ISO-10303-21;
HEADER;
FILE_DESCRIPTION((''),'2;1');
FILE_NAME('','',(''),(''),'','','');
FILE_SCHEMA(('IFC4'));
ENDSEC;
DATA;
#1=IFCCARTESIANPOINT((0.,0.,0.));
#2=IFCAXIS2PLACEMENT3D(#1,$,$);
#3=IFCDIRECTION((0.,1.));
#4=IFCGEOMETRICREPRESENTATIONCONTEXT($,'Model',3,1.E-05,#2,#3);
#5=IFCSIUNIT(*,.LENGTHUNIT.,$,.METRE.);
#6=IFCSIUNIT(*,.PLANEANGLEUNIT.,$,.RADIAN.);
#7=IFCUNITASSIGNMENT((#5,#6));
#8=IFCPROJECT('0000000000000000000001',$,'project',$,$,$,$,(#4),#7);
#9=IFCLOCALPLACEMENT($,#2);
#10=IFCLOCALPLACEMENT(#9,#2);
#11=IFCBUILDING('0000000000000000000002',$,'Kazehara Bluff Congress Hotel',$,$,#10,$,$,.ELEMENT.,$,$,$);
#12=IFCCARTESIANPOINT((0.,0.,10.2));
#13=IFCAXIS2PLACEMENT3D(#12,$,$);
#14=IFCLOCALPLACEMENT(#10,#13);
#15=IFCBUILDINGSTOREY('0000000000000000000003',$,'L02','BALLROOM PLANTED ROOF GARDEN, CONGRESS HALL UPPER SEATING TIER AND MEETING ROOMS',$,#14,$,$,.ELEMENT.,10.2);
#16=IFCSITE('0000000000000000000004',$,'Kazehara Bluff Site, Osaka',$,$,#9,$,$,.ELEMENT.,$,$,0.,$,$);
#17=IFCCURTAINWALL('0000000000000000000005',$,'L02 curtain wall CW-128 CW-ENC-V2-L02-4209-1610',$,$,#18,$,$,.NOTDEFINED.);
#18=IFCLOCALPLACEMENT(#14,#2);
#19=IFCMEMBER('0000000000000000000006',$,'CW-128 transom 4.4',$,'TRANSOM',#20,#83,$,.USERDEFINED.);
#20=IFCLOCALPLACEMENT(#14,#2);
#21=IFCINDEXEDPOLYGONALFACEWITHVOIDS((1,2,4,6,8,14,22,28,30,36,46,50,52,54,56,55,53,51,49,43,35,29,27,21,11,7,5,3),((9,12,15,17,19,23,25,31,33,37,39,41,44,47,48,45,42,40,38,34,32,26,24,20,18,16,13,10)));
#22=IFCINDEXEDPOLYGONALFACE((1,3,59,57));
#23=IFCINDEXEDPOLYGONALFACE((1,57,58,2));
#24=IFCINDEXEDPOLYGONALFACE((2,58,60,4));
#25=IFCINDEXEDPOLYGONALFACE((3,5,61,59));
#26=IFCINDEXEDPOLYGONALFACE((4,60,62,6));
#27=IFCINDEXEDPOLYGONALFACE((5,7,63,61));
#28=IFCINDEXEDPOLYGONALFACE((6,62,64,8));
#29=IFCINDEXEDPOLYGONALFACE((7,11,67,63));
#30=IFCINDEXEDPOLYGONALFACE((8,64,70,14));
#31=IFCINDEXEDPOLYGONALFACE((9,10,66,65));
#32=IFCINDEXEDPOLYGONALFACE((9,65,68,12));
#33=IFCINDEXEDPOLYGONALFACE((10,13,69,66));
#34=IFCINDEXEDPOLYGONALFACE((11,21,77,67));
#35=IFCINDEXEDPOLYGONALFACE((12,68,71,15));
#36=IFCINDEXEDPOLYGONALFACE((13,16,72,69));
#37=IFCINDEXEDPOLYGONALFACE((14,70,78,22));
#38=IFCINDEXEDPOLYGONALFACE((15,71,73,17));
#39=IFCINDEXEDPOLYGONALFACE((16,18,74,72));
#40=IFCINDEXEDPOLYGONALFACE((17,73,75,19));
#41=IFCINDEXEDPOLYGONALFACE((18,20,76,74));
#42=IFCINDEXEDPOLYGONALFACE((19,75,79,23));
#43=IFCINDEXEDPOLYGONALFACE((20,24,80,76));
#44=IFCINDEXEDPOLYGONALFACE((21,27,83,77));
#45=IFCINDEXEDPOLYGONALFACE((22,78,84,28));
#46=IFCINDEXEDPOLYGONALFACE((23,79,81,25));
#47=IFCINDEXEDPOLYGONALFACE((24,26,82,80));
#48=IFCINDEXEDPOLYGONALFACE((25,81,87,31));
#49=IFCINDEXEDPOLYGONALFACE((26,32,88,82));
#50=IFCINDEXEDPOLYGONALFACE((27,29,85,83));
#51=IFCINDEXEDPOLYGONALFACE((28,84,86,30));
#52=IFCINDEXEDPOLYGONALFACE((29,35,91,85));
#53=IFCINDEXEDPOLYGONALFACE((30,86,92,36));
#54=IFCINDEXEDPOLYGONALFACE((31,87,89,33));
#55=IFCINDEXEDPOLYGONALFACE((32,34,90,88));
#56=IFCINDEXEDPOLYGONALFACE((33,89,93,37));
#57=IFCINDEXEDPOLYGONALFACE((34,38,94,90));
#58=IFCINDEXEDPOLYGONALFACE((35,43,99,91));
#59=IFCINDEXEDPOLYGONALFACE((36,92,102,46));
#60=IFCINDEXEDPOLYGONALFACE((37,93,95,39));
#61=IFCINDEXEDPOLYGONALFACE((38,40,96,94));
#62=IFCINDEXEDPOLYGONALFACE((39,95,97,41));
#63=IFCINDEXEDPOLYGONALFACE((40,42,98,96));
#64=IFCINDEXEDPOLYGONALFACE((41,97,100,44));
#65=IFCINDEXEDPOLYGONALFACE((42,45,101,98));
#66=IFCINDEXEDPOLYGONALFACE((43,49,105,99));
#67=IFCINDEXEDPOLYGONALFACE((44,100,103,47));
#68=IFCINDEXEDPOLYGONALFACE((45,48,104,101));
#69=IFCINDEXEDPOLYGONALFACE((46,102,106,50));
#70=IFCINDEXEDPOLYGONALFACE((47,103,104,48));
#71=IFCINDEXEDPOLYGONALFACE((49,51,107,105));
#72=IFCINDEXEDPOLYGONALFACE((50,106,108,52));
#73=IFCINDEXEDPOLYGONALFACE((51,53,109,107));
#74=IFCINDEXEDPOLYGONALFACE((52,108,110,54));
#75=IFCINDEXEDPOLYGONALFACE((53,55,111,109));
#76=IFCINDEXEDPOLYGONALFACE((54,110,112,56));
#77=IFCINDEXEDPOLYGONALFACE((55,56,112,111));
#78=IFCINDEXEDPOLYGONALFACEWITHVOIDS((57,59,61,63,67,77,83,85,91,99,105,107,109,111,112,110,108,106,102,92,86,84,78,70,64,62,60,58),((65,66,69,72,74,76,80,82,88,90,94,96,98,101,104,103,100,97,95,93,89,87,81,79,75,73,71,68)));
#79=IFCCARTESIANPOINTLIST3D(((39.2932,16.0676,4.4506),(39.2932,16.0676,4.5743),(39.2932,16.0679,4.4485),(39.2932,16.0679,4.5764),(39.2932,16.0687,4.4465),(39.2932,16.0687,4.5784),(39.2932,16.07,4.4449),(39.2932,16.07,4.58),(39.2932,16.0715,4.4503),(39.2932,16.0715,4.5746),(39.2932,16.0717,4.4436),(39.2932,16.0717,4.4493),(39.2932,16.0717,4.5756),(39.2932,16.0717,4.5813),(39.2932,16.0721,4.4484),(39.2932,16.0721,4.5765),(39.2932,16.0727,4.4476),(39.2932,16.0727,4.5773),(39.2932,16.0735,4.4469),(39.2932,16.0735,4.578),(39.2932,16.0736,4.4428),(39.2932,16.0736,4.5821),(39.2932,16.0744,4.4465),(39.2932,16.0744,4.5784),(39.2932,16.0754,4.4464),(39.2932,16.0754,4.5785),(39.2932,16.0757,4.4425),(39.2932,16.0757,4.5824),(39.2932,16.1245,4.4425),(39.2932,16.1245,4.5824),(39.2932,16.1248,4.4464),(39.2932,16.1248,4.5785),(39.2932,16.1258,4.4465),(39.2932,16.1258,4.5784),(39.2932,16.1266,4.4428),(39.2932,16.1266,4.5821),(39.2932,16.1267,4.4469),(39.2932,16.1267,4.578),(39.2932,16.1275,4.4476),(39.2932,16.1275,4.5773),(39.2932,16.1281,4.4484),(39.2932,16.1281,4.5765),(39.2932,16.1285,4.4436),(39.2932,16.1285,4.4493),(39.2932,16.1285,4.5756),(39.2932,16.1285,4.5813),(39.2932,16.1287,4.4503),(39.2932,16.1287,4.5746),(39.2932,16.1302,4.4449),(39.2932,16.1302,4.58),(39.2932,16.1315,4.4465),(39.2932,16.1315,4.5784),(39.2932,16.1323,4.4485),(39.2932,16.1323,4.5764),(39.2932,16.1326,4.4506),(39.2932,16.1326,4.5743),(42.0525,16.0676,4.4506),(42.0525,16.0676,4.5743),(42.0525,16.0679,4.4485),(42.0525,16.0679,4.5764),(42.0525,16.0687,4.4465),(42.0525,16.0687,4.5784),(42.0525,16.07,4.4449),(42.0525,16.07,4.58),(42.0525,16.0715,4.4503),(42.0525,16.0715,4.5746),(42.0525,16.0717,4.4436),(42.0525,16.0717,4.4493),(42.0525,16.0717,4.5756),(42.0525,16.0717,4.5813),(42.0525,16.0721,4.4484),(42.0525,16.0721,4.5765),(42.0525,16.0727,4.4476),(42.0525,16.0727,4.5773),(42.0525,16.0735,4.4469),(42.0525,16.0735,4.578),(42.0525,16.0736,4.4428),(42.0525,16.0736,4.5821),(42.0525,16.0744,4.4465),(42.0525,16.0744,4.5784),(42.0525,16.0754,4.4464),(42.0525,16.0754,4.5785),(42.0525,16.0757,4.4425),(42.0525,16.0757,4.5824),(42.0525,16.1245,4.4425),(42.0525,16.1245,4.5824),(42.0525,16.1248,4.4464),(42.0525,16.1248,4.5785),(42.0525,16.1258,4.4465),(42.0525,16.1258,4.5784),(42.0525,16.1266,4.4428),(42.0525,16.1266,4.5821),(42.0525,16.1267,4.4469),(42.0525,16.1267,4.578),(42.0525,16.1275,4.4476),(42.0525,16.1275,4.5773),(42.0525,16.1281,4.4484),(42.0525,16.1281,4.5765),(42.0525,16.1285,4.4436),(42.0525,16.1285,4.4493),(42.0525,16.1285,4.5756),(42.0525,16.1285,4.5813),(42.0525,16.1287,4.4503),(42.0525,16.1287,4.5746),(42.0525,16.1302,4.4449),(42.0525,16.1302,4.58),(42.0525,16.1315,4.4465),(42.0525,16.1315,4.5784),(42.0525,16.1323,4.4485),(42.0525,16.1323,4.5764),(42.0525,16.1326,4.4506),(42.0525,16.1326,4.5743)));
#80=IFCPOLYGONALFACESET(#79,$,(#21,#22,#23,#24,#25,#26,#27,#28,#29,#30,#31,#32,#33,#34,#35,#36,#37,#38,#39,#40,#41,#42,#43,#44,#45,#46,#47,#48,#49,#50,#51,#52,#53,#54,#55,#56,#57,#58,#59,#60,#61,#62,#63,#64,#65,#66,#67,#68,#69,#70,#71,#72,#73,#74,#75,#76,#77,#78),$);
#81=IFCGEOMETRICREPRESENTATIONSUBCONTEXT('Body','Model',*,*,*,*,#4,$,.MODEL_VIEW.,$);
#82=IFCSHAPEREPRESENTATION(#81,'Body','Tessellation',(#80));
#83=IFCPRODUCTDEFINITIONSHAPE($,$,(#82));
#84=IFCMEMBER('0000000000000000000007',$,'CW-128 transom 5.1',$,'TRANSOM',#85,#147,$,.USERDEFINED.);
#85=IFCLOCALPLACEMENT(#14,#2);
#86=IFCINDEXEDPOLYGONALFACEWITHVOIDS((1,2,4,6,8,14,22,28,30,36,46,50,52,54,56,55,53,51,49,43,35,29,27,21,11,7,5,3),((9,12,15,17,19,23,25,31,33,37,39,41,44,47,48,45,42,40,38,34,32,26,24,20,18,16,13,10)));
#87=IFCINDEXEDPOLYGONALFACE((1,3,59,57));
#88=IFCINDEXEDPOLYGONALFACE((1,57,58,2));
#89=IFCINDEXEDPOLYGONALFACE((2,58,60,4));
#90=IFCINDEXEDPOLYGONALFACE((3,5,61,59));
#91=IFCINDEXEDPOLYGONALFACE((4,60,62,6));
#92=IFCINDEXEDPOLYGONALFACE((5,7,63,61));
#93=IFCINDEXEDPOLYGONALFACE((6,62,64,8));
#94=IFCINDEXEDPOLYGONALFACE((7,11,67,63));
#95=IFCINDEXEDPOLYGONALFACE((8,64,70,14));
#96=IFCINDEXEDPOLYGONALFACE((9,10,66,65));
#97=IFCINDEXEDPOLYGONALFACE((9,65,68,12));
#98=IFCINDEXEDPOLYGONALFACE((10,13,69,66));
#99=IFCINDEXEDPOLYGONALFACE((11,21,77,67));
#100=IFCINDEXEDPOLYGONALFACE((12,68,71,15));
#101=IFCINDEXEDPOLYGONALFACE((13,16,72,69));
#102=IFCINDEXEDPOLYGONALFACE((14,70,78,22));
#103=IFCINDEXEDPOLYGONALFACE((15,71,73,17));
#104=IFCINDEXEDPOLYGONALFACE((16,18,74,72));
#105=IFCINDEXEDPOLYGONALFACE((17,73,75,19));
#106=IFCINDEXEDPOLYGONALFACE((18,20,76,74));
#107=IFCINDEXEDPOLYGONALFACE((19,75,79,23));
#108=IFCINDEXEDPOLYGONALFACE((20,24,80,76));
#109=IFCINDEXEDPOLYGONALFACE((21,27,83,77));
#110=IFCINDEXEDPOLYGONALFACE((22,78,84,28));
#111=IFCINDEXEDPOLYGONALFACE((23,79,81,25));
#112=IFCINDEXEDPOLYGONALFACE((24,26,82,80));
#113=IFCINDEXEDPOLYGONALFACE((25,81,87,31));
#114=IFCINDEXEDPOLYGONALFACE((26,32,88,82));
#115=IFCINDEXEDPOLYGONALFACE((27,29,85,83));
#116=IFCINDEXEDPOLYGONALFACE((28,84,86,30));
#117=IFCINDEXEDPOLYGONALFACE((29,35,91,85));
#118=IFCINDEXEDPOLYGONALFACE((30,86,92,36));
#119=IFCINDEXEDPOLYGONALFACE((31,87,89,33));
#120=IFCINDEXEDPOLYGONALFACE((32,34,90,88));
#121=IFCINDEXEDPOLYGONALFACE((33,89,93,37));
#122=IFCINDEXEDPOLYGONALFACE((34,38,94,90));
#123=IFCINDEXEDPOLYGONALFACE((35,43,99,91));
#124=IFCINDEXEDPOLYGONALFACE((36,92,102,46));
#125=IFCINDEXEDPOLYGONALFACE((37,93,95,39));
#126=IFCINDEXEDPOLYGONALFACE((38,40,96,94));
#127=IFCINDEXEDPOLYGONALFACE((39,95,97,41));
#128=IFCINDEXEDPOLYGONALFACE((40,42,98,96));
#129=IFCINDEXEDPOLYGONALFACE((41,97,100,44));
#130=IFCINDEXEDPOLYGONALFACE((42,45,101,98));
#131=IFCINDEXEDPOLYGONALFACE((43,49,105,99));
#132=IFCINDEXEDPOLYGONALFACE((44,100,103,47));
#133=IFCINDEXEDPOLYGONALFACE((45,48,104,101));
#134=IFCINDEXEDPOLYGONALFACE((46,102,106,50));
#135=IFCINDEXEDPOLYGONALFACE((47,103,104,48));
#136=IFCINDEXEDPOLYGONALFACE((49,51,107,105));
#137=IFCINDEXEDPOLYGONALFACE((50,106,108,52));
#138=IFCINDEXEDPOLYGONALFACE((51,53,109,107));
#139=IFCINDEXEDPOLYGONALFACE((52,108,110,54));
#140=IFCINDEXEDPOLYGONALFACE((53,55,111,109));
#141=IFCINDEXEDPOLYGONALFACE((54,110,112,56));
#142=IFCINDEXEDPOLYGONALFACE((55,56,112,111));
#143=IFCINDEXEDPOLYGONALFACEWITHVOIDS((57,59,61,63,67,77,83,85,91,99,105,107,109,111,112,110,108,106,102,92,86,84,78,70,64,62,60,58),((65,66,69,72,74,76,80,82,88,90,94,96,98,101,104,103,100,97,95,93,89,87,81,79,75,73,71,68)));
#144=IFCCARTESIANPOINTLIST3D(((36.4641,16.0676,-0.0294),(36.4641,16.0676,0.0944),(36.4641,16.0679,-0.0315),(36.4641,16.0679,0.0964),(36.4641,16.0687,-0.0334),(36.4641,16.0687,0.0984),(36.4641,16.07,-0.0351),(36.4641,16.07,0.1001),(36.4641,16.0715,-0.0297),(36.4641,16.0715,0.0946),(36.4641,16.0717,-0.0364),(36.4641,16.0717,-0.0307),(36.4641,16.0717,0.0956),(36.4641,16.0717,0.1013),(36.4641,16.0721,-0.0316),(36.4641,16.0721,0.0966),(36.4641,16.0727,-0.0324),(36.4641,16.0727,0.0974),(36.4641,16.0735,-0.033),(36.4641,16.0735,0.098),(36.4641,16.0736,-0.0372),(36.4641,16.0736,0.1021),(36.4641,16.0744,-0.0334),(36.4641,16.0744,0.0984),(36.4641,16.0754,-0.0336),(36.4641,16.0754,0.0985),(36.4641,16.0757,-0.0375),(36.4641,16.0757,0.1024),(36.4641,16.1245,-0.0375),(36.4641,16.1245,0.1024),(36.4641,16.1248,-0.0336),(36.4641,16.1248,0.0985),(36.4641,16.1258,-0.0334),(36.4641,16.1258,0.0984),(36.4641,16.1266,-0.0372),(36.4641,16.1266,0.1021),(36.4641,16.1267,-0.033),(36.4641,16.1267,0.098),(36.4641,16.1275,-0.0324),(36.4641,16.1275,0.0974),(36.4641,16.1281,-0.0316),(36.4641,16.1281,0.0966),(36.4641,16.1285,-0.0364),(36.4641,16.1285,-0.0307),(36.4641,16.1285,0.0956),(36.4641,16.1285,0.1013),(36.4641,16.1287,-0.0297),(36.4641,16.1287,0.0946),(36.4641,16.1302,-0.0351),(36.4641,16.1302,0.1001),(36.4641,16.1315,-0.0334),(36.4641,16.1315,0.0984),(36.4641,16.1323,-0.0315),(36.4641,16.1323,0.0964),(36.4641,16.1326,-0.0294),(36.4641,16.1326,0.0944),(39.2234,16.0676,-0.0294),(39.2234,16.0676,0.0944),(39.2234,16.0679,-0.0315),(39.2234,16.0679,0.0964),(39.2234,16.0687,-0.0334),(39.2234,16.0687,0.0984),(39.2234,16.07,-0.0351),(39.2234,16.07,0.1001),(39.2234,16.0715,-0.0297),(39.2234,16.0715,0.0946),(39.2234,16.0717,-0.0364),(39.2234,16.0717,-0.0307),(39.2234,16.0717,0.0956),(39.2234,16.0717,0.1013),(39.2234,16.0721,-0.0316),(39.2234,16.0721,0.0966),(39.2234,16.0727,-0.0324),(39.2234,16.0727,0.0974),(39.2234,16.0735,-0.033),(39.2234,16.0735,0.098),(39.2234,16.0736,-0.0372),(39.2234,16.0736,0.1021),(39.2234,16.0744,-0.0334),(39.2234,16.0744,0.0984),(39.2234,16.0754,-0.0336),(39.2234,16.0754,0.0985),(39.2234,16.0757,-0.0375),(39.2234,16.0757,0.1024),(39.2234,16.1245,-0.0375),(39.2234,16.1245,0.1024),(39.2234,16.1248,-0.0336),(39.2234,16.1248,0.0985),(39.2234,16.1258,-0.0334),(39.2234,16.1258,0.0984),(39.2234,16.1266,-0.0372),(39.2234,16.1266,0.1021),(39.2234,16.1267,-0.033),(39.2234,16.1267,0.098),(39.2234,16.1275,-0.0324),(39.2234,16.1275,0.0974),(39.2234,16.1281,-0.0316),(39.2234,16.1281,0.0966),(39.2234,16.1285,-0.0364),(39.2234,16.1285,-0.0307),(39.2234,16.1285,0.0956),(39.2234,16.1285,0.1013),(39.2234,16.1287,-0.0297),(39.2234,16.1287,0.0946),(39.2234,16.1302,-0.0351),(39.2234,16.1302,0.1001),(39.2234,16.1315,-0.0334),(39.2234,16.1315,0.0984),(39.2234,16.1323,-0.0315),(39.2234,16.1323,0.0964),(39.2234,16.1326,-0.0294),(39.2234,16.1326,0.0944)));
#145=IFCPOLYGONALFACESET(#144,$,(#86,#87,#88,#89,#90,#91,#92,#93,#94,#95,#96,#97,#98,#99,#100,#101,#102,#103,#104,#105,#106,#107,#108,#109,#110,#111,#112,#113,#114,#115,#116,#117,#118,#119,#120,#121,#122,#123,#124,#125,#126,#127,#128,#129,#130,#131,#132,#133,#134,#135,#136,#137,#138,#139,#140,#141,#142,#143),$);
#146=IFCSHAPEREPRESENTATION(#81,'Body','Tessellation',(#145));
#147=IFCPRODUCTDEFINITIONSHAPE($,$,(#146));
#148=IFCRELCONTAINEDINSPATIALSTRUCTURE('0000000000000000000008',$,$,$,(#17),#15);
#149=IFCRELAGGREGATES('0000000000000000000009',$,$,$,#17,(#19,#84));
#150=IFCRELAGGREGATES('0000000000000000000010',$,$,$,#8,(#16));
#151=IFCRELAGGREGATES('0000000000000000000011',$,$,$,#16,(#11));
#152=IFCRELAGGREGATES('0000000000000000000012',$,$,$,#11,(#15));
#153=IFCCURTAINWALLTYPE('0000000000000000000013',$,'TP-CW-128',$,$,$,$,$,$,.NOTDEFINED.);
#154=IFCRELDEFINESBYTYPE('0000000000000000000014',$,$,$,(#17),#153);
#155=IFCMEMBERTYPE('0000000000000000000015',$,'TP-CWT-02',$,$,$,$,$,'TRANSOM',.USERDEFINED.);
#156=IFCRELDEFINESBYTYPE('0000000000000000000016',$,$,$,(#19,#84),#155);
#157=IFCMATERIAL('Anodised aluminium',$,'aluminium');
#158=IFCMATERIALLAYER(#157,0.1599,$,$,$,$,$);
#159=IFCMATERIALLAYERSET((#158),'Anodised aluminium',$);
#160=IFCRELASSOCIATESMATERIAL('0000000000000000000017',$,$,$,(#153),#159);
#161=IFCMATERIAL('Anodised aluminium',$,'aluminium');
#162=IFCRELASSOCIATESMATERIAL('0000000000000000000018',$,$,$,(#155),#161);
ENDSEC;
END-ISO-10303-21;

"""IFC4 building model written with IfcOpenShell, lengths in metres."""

from ifc_helpers import new_model, si_unit, direction, frame, origin, origin_2d, place, context, subcontext, project, spatial, hollow_rectangle, extrude, material, layer, layer_set, material_profile, profile_set, type_object, element, aggregate, save


model = new_model("IFC4")

# Units and contexts
model_context = context("Model", 3, precision=1e-05, world=origin(), true_north=direction((0.0, 1.0)))
body_context = subcontext(model_context, "Body", "Model", "MODEL_VIEW")
ifc_project = project(units=[si_unit("LENGTHUNIT", "METRE"), si_unit("PLANEANGLEUNIT", "RADIAN")], contexts=[model_context])

# Site, building, storey
site_placement = place(None, origin())
site = spatial("IfcSite", under=ifc_project, at=site_placement, Name="Kazehara Bluff Site, Osaka", CompositionType="ELEMENT", RefElevation=0.0)
building_placement = place(site_placement, origin())
building = spatial("IfcBuilding", under=site, at=building_placement, Name="Kazehara Bluff Congress Hotel", CompositionType="ELEMENT")
storey_placement = place(building_placement, frame((0.0, 0.0, 10.2)))
storey = spatial("IfcBuildingStorey", under=building, at=storey_placement, Name="L02", Description="BALLROOM PLANTED ROOF GARDEN, CONGRESS HALL UPPER SEATING TIER AND MEETING ROOMS", CompositionType="ELEMENT", Elevation=10.2)

# Curtain wall, members
ifc_material_1 = material(Name="Anodised aluminium", Category="aluminium")
ifc_layer_1 = layer(ifc_material_1, 0.1599)
ifc_layer_set_1 = layer_set([ifc_layer_1], Name="Anodised aluminium")
curtain_wall_type = type_object("IfcCurtainWallType", Name="TP-CW-128", PredefinedType="NOTDEFINED", material=ifc_layer_set_1)
curtain_wall_placement = place(storey_placement, origin())
curtain_wall = element("IfcCurtainWall", 1, at=curtain_wall_placement, inside=storey, type_object=curtain_wall_type, Name="L02 curtain wall CW-128 CW-ENC-V2-L02-4209-1610", PredefinedType="NOTDEFINED")
ifc_material_2 = material(Name="Anodised aluminium", Category="aluminium")
ifc_material_profile_1 = material_profile(ifc_material_2, hollow_rectangle(XDim=0.0649, YDim=0.1399, WallThickness=0.0039, InnerFilletRadius=0.0039, OuterFilletRadius=0.0081, at=origin_2d()))
ifc_profile_set_1 = profile_set([ifc_material_profile_1], Name="Anodised aluminium")
member_type_1 = type_object("IfcMemberType", Name="TP-CWT-02", ElementType="TRANSOM", PredefinedType="USERDEFINED", material=ifc_profile_set_1)
member_1_placement = place(storey_placement, frame((42.0525, 16.1001, 4.5125), z_axis=(-1.0, 0.0, 0.0), x_axis=(0.0, -1.0, 0.0)))
member_1 = element("IfcMember", 2, at=member_1_placement, type_object=member_type_1, Name="CW-128 transom 4.4", ObjectType="TRANSOM", PredefinedType="USERDEFINED", context=body_context, shape_type="SweptSolid", body=[
    extrude(hollow_rectangle(XDim=0.0649, YDim=0.1399, WallThickness=0.0039, InnerFilletRadius=0.0039, OuterFilletRadius=0.0081, at=origin_2d()), origin(), (0.0, 0.0, 1.0), 2.7593),
])
member_2_placement = place(storey_placement, frame((39.2234, 16.1001, 0.0325), z_axis=(-1.0, 0.0, 0.0), x_axis=(0.0, -1.0, 0.0)))
member_2 = element("IfcMember", 3, at=member_2_placement, type_object=member_type_1, Name="CW-128 transom 5.1", ObjectType="TRANSOM", PredefinedType="USERDEFINED", context=body_context, shape_type="SweptSolid", body=[
    extrude(hollow_rectangle(XDim=0.0649, YDim=0.1399, WallThickness=0.0039, InnerFilletRadius=0.0039, OuterFilletRadius=0.0081, at=origin_2d()), origin(), (0.0, 0.0, 1.0), 2.7593),
])
aggregate(curtain_wall, [member_1, member_2])

save(model, "model.ifc")
